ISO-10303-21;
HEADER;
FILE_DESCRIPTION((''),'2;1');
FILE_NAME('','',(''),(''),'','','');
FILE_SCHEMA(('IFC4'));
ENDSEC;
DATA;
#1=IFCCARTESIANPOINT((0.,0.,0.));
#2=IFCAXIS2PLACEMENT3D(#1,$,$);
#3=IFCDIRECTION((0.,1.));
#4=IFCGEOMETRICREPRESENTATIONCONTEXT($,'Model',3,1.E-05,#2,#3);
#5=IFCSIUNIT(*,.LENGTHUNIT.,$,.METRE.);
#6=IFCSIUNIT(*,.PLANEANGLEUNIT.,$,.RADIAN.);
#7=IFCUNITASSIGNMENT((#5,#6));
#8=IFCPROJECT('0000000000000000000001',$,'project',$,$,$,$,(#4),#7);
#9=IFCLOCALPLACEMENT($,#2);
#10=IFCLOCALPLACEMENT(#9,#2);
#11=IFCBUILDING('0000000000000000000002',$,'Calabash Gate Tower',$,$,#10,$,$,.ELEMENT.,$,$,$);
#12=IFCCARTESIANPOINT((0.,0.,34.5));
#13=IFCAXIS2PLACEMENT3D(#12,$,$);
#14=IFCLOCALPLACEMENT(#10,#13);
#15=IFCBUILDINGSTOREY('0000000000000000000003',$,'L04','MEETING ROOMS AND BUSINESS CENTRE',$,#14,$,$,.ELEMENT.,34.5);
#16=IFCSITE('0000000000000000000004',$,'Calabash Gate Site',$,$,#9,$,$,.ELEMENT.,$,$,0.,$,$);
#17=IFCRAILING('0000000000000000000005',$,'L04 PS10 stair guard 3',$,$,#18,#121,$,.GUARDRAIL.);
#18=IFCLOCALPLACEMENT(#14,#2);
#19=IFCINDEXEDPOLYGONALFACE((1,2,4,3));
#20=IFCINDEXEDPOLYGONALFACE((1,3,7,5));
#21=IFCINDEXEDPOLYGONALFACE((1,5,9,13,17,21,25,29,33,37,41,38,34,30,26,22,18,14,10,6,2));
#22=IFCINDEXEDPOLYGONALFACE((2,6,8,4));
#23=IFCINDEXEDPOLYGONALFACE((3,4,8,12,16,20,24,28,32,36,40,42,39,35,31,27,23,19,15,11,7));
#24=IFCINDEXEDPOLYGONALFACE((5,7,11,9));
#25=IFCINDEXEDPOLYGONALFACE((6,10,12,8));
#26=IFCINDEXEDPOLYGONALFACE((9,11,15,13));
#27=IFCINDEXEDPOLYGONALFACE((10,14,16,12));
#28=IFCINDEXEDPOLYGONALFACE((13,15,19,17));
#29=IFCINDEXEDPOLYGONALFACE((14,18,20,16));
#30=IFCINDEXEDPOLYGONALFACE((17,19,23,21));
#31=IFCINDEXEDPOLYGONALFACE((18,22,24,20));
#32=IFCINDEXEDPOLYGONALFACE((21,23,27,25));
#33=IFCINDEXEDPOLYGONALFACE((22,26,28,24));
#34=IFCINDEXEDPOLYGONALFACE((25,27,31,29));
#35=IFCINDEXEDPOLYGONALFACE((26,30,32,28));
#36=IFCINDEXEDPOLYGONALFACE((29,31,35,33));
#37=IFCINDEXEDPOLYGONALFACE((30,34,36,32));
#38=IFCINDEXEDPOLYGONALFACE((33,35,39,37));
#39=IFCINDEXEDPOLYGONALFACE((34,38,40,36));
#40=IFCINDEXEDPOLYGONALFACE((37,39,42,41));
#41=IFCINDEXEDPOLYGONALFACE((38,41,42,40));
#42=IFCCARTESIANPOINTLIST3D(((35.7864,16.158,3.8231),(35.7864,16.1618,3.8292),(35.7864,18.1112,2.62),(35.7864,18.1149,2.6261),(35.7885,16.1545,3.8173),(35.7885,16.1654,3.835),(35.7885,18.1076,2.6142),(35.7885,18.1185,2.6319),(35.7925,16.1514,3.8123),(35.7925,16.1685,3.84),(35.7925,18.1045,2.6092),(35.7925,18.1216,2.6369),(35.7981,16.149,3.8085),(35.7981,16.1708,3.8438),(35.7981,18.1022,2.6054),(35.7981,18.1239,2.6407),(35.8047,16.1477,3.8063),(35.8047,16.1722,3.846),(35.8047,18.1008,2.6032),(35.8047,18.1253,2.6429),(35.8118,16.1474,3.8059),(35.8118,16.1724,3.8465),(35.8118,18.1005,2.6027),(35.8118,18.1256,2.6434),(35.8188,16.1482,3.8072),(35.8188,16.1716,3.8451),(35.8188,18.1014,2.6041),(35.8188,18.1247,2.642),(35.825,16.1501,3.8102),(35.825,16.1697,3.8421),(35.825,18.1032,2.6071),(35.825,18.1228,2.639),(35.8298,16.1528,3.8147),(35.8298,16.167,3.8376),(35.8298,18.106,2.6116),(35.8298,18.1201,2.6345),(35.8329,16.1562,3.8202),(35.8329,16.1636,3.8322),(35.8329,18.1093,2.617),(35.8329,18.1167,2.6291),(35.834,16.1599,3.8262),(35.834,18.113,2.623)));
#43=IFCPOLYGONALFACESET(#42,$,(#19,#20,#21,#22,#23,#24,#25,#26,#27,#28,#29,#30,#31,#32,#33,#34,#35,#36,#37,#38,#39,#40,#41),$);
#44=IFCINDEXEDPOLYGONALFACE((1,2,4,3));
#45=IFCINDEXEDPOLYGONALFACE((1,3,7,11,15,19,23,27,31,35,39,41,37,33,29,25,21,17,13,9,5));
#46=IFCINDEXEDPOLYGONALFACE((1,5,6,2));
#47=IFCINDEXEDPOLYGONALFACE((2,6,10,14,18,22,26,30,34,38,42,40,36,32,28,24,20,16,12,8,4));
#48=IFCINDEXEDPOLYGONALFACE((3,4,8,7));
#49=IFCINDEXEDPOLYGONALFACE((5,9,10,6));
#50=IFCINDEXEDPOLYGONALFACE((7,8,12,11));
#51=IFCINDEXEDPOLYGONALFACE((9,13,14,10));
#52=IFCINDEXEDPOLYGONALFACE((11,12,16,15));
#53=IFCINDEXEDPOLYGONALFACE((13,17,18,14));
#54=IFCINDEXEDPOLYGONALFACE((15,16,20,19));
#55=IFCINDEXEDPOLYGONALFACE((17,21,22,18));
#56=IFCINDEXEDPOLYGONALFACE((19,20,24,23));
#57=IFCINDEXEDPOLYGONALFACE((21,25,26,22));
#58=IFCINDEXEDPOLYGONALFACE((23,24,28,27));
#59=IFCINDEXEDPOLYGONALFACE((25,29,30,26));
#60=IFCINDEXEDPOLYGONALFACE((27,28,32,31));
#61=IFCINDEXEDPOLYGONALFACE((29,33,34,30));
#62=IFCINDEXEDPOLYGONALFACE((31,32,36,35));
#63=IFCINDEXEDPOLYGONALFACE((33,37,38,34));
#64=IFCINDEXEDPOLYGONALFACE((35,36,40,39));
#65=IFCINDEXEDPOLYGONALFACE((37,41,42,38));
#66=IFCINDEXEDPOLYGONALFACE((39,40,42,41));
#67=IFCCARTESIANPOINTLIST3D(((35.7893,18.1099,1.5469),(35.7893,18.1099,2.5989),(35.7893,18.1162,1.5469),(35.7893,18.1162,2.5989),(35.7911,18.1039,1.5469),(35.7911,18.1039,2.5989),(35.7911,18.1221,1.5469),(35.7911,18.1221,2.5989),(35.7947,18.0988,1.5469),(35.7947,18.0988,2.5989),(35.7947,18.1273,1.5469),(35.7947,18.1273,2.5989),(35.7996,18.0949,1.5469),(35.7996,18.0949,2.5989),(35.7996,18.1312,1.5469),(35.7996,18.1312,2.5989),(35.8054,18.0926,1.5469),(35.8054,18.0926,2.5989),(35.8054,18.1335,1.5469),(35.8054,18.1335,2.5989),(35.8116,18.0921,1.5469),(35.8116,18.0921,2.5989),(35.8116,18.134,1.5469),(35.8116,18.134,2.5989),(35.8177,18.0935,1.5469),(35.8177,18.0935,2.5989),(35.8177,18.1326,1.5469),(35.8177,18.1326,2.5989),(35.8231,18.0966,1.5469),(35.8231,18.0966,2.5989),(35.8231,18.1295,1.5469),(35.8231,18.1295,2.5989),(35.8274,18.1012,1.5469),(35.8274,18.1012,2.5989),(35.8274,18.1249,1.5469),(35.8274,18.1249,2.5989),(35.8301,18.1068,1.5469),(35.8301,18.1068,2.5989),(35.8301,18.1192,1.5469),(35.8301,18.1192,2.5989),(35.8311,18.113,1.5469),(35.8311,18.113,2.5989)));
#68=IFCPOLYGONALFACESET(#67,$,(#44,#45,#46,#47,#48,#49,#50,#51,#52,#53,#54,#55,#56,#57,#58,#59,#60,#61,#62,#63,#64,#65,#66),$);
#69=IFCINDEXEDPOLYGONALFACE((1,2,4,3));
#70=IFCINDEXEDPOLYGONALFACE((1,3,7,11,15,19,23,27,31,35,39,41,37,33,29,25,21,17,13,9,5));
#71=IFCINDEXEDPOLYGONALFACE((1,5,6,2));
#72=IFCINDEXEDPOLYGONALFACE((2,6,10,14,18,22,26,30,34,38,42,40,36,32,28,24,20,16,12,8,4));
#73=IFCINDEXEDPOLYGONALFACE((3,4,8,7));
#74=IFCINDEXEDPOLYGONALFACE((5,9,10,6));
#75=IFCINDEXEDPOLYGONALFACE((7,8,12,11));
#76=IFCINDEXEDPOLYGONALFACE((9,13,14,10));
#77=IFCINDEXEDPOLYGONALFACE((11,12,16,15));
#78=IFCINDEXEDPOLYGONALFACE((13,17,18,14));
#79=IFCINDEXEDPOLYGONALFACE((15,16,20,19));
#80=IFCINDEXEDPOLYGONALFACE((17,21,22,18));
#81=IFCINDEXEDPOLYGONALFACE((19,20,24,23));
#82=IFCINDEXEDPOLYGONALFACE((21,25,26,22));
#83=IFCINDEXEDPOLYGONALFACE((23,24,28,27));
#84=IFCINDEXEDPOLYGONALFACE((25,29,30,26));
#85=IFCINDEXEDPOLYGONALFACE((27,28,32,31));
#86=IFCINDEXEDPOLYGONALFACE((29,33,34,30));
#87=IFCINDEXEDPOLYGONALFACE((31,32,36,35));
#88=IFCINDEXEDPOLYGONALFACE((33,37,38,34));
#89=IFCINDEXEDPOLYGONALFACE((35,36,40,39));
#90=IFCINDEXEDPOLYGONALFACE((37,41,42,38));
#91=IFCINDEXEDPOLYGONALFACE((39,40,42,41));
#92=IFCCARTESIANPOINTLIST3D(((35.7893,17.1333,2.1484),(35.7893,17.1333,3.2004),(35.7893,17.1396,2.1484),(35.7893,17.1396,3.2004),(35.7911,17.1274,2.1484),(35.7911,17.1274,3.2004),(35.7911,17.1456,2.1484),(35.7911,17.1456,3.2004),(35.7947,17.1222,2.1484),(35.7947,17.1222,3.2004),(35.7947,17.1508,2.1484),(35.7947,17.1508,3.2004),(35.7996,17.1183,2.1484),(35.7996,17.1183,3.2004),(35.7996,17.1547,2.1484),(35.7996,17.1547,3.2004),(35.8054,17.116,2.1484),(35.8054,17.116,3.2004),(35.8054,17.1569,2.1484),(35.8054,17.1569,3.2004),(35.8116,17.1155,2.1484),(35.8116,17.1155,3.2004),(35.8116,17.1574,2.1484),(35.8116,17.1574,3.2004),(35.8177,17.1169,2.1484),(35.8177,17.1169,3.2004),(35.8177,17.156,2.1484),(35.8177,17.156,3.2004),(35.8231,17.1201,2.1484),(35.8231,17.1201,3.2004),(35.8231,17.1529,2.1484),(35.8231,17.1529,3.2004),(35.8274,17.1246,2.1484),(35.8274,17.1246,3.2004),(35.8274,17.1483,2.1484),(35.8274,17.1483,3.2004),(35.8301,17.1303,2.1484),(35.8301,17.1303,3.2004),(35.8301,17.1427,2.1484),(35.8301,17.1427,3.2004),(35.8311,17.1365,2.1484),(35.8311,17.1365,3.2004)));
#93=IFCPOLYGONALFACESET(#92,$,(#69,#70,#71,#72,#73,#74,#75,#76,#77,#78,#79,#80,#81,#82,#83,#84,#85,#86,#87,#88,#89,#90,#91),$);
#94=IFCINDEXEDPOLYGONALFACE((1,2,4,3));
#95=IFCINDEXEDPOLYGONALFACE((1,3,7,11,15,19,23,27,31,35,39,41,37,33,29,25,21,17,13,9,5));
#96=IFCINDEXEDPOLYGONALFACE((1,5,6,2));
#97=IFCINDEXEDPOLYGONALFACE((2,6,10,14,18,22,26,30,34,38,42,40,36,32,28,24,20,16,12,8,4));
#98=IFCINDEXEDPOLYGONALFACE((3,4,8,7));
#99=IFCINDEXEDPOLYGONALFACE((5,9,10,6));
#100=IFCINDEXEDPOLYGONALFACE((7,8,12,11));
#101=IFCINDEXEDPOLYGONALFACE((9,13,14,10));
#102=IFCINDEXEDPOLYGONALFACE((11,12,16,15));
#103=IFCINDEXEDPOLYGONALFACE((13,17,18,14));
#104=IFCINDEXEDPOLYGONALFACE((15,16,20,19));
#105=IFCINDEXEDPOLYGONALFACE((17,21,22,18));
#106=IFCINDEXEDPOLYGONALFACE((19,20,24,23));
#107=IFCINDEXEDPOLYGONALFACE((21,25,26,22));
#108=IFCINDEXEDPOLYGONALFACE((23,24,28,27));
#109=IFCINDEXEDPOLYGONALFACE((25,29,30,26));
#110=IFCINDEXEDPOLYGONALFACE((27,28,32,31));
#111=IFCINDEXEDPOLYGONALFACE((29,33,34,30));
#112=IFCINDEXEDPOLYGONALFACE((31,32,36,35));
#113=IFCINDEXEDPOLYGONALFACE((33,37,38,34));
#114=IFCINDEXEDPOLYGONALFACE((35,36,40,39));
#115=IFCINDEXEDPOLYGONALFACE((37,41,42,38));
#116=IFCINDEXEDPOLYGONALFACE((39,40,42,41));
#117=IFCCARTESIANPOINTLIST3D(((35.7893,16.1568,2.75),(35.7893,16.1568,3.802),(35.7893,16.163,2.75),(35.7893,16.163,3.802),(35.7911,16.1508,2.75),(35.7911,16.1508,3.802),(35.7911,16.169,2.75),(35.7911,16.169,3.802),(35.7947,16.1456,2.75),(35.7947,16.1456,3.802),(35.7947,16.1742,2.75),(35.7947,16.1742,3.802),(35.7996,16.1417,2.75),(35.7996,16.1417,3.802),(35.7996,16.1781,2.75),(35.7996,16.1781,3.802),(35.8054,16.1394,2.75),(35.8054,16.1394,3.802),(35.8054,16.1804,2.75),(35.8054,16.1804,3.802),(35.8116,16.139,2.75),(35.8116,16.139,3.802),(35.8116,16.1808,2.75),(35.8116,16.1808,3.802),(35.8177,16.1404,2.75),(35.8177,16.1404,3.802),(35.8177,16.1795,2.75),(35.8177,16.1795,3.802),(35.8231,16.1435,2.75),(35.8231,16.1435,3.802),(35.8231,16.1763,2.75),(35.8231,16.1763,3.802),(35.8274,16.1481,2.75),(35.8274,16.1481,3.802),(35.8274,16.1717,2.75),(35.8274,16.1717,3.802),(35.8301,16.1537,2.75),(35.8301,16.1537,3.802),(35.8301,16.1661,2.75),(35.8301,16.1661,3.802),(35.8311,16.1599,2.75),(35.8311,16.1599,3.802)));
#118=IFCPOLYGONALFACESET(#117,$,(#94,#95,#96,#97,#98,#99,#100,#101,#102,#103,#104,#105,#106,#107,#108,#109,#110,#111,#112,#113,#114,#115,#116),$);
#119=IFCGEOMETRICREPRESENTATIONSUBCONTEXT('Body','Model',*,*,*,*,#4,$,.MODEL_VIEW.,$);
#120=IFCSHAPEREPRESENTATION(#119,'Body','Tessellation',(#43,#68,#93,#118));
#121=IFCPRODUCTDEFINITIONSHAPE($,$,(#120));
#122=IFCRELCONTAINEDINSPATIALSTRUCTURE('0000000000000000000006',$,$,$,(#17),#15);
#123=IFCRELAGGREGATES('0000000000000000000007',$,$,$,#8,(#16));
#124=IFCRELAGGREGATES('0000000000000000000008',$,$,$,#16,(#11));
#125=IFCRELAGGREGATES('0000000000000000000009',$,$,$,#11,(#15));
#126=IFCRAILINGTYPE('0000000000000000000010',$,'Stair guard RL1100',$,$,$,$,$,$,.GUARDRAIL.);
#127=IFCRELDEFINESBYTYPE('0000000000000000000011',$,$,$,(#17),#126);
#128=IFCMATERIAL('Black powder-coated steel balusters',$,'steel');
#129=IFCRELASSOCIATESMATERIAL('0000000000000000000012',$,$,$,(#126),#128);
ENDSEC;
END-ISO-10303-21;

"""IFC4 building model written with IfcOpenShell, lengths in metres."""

from ifc_helpers import new_model, si_unit, direction, frame, origin, origin_2d, place, context, subcontext, project, spatial, circle, extrude, material, type_object, element, save


model = new_model("IFC4")

# Units and contexts
model_context = context("Model", 3, precision=1e-05, world=origin(), true_north=direction((0.0, 1.0)))
body_context = subcontext(model_context, "Body", "Model", "MODEL_VIEW")
ifc_project = project(units=[si_unit("LENGTHUNIT", "METRE"), si_unit("PLANEANGLEUNIT", "RADIAN")], contexts=[model_context])

# Site, building, storey
site_placement = place(None, origin())
site = spatial("IfcSite", under=ifc_project, at=site_placement, Name="Calabash Gate Site", CompositionType="ELEMENT", RefElevation=0.0)
building_placement = place(site_placement, origin())
building = spatial("IfcBuilding", under=site, at=building_placement, Name="Calabash Gate Tower", CompositionType="ELEMENT")
storey_placement = place(building_placement, frame((0.0, 0.0, 34.5)))
storey = spatial("IfcBuildingStorey", under=building, at=storey_placement, Name="L04", Description="MEETING ROOMS AND BUSINESS CENTRE", CompositionType="ELEMENT", Elevation=34.5)

# Railing
ifc_material_1 = material(Name="Black powder-coated steel balusters", Category="steel")
railing_type_1 = type_object("IfcRailingType", Name="Stair guard RL1100", PredefinedType="GUARDRAIL", material=ifc_material_1)
railing_1_placement = place(storey_placement, frame((35.8101, 18.113, 1.5469)))
element("IfcRailing", 1, at=railing_1_placement, inside=storey, type_object=railing_type_1, Name="L04 PS10 stair guard 3", PredefinedType="GUARDRAIL", context=body_context, shape_type="SweptSolid", body=[
    extrude(circle(Radius=0.0239, at=origin_2d()), frame((0.0, 0.0, 1.0762), z_axis=(0.0, -0.851424, 0.524477), x_axis=(1.0, 0.0, 0.0)), (0.0, 0.0, 1.0), 2.2939),
    extrude(circle(Radius=0.021, at=origin_2d()), origin(), (0.0, 0.0, 1.0), 1.052),
    extrude(circle(Radius=0.021, at=origin_2d()), frame((0.0, -0.9766, 0.6016)), (0.0, 0.0, 1.0), 1.052),
    extrude(circle(Radius=0.021, at=origin_2d()), frame((0.0, -1.9531, 1.2031)), (0.0, 0.0, 1.0), 1.052),
])

save(model, "model.ifc")
